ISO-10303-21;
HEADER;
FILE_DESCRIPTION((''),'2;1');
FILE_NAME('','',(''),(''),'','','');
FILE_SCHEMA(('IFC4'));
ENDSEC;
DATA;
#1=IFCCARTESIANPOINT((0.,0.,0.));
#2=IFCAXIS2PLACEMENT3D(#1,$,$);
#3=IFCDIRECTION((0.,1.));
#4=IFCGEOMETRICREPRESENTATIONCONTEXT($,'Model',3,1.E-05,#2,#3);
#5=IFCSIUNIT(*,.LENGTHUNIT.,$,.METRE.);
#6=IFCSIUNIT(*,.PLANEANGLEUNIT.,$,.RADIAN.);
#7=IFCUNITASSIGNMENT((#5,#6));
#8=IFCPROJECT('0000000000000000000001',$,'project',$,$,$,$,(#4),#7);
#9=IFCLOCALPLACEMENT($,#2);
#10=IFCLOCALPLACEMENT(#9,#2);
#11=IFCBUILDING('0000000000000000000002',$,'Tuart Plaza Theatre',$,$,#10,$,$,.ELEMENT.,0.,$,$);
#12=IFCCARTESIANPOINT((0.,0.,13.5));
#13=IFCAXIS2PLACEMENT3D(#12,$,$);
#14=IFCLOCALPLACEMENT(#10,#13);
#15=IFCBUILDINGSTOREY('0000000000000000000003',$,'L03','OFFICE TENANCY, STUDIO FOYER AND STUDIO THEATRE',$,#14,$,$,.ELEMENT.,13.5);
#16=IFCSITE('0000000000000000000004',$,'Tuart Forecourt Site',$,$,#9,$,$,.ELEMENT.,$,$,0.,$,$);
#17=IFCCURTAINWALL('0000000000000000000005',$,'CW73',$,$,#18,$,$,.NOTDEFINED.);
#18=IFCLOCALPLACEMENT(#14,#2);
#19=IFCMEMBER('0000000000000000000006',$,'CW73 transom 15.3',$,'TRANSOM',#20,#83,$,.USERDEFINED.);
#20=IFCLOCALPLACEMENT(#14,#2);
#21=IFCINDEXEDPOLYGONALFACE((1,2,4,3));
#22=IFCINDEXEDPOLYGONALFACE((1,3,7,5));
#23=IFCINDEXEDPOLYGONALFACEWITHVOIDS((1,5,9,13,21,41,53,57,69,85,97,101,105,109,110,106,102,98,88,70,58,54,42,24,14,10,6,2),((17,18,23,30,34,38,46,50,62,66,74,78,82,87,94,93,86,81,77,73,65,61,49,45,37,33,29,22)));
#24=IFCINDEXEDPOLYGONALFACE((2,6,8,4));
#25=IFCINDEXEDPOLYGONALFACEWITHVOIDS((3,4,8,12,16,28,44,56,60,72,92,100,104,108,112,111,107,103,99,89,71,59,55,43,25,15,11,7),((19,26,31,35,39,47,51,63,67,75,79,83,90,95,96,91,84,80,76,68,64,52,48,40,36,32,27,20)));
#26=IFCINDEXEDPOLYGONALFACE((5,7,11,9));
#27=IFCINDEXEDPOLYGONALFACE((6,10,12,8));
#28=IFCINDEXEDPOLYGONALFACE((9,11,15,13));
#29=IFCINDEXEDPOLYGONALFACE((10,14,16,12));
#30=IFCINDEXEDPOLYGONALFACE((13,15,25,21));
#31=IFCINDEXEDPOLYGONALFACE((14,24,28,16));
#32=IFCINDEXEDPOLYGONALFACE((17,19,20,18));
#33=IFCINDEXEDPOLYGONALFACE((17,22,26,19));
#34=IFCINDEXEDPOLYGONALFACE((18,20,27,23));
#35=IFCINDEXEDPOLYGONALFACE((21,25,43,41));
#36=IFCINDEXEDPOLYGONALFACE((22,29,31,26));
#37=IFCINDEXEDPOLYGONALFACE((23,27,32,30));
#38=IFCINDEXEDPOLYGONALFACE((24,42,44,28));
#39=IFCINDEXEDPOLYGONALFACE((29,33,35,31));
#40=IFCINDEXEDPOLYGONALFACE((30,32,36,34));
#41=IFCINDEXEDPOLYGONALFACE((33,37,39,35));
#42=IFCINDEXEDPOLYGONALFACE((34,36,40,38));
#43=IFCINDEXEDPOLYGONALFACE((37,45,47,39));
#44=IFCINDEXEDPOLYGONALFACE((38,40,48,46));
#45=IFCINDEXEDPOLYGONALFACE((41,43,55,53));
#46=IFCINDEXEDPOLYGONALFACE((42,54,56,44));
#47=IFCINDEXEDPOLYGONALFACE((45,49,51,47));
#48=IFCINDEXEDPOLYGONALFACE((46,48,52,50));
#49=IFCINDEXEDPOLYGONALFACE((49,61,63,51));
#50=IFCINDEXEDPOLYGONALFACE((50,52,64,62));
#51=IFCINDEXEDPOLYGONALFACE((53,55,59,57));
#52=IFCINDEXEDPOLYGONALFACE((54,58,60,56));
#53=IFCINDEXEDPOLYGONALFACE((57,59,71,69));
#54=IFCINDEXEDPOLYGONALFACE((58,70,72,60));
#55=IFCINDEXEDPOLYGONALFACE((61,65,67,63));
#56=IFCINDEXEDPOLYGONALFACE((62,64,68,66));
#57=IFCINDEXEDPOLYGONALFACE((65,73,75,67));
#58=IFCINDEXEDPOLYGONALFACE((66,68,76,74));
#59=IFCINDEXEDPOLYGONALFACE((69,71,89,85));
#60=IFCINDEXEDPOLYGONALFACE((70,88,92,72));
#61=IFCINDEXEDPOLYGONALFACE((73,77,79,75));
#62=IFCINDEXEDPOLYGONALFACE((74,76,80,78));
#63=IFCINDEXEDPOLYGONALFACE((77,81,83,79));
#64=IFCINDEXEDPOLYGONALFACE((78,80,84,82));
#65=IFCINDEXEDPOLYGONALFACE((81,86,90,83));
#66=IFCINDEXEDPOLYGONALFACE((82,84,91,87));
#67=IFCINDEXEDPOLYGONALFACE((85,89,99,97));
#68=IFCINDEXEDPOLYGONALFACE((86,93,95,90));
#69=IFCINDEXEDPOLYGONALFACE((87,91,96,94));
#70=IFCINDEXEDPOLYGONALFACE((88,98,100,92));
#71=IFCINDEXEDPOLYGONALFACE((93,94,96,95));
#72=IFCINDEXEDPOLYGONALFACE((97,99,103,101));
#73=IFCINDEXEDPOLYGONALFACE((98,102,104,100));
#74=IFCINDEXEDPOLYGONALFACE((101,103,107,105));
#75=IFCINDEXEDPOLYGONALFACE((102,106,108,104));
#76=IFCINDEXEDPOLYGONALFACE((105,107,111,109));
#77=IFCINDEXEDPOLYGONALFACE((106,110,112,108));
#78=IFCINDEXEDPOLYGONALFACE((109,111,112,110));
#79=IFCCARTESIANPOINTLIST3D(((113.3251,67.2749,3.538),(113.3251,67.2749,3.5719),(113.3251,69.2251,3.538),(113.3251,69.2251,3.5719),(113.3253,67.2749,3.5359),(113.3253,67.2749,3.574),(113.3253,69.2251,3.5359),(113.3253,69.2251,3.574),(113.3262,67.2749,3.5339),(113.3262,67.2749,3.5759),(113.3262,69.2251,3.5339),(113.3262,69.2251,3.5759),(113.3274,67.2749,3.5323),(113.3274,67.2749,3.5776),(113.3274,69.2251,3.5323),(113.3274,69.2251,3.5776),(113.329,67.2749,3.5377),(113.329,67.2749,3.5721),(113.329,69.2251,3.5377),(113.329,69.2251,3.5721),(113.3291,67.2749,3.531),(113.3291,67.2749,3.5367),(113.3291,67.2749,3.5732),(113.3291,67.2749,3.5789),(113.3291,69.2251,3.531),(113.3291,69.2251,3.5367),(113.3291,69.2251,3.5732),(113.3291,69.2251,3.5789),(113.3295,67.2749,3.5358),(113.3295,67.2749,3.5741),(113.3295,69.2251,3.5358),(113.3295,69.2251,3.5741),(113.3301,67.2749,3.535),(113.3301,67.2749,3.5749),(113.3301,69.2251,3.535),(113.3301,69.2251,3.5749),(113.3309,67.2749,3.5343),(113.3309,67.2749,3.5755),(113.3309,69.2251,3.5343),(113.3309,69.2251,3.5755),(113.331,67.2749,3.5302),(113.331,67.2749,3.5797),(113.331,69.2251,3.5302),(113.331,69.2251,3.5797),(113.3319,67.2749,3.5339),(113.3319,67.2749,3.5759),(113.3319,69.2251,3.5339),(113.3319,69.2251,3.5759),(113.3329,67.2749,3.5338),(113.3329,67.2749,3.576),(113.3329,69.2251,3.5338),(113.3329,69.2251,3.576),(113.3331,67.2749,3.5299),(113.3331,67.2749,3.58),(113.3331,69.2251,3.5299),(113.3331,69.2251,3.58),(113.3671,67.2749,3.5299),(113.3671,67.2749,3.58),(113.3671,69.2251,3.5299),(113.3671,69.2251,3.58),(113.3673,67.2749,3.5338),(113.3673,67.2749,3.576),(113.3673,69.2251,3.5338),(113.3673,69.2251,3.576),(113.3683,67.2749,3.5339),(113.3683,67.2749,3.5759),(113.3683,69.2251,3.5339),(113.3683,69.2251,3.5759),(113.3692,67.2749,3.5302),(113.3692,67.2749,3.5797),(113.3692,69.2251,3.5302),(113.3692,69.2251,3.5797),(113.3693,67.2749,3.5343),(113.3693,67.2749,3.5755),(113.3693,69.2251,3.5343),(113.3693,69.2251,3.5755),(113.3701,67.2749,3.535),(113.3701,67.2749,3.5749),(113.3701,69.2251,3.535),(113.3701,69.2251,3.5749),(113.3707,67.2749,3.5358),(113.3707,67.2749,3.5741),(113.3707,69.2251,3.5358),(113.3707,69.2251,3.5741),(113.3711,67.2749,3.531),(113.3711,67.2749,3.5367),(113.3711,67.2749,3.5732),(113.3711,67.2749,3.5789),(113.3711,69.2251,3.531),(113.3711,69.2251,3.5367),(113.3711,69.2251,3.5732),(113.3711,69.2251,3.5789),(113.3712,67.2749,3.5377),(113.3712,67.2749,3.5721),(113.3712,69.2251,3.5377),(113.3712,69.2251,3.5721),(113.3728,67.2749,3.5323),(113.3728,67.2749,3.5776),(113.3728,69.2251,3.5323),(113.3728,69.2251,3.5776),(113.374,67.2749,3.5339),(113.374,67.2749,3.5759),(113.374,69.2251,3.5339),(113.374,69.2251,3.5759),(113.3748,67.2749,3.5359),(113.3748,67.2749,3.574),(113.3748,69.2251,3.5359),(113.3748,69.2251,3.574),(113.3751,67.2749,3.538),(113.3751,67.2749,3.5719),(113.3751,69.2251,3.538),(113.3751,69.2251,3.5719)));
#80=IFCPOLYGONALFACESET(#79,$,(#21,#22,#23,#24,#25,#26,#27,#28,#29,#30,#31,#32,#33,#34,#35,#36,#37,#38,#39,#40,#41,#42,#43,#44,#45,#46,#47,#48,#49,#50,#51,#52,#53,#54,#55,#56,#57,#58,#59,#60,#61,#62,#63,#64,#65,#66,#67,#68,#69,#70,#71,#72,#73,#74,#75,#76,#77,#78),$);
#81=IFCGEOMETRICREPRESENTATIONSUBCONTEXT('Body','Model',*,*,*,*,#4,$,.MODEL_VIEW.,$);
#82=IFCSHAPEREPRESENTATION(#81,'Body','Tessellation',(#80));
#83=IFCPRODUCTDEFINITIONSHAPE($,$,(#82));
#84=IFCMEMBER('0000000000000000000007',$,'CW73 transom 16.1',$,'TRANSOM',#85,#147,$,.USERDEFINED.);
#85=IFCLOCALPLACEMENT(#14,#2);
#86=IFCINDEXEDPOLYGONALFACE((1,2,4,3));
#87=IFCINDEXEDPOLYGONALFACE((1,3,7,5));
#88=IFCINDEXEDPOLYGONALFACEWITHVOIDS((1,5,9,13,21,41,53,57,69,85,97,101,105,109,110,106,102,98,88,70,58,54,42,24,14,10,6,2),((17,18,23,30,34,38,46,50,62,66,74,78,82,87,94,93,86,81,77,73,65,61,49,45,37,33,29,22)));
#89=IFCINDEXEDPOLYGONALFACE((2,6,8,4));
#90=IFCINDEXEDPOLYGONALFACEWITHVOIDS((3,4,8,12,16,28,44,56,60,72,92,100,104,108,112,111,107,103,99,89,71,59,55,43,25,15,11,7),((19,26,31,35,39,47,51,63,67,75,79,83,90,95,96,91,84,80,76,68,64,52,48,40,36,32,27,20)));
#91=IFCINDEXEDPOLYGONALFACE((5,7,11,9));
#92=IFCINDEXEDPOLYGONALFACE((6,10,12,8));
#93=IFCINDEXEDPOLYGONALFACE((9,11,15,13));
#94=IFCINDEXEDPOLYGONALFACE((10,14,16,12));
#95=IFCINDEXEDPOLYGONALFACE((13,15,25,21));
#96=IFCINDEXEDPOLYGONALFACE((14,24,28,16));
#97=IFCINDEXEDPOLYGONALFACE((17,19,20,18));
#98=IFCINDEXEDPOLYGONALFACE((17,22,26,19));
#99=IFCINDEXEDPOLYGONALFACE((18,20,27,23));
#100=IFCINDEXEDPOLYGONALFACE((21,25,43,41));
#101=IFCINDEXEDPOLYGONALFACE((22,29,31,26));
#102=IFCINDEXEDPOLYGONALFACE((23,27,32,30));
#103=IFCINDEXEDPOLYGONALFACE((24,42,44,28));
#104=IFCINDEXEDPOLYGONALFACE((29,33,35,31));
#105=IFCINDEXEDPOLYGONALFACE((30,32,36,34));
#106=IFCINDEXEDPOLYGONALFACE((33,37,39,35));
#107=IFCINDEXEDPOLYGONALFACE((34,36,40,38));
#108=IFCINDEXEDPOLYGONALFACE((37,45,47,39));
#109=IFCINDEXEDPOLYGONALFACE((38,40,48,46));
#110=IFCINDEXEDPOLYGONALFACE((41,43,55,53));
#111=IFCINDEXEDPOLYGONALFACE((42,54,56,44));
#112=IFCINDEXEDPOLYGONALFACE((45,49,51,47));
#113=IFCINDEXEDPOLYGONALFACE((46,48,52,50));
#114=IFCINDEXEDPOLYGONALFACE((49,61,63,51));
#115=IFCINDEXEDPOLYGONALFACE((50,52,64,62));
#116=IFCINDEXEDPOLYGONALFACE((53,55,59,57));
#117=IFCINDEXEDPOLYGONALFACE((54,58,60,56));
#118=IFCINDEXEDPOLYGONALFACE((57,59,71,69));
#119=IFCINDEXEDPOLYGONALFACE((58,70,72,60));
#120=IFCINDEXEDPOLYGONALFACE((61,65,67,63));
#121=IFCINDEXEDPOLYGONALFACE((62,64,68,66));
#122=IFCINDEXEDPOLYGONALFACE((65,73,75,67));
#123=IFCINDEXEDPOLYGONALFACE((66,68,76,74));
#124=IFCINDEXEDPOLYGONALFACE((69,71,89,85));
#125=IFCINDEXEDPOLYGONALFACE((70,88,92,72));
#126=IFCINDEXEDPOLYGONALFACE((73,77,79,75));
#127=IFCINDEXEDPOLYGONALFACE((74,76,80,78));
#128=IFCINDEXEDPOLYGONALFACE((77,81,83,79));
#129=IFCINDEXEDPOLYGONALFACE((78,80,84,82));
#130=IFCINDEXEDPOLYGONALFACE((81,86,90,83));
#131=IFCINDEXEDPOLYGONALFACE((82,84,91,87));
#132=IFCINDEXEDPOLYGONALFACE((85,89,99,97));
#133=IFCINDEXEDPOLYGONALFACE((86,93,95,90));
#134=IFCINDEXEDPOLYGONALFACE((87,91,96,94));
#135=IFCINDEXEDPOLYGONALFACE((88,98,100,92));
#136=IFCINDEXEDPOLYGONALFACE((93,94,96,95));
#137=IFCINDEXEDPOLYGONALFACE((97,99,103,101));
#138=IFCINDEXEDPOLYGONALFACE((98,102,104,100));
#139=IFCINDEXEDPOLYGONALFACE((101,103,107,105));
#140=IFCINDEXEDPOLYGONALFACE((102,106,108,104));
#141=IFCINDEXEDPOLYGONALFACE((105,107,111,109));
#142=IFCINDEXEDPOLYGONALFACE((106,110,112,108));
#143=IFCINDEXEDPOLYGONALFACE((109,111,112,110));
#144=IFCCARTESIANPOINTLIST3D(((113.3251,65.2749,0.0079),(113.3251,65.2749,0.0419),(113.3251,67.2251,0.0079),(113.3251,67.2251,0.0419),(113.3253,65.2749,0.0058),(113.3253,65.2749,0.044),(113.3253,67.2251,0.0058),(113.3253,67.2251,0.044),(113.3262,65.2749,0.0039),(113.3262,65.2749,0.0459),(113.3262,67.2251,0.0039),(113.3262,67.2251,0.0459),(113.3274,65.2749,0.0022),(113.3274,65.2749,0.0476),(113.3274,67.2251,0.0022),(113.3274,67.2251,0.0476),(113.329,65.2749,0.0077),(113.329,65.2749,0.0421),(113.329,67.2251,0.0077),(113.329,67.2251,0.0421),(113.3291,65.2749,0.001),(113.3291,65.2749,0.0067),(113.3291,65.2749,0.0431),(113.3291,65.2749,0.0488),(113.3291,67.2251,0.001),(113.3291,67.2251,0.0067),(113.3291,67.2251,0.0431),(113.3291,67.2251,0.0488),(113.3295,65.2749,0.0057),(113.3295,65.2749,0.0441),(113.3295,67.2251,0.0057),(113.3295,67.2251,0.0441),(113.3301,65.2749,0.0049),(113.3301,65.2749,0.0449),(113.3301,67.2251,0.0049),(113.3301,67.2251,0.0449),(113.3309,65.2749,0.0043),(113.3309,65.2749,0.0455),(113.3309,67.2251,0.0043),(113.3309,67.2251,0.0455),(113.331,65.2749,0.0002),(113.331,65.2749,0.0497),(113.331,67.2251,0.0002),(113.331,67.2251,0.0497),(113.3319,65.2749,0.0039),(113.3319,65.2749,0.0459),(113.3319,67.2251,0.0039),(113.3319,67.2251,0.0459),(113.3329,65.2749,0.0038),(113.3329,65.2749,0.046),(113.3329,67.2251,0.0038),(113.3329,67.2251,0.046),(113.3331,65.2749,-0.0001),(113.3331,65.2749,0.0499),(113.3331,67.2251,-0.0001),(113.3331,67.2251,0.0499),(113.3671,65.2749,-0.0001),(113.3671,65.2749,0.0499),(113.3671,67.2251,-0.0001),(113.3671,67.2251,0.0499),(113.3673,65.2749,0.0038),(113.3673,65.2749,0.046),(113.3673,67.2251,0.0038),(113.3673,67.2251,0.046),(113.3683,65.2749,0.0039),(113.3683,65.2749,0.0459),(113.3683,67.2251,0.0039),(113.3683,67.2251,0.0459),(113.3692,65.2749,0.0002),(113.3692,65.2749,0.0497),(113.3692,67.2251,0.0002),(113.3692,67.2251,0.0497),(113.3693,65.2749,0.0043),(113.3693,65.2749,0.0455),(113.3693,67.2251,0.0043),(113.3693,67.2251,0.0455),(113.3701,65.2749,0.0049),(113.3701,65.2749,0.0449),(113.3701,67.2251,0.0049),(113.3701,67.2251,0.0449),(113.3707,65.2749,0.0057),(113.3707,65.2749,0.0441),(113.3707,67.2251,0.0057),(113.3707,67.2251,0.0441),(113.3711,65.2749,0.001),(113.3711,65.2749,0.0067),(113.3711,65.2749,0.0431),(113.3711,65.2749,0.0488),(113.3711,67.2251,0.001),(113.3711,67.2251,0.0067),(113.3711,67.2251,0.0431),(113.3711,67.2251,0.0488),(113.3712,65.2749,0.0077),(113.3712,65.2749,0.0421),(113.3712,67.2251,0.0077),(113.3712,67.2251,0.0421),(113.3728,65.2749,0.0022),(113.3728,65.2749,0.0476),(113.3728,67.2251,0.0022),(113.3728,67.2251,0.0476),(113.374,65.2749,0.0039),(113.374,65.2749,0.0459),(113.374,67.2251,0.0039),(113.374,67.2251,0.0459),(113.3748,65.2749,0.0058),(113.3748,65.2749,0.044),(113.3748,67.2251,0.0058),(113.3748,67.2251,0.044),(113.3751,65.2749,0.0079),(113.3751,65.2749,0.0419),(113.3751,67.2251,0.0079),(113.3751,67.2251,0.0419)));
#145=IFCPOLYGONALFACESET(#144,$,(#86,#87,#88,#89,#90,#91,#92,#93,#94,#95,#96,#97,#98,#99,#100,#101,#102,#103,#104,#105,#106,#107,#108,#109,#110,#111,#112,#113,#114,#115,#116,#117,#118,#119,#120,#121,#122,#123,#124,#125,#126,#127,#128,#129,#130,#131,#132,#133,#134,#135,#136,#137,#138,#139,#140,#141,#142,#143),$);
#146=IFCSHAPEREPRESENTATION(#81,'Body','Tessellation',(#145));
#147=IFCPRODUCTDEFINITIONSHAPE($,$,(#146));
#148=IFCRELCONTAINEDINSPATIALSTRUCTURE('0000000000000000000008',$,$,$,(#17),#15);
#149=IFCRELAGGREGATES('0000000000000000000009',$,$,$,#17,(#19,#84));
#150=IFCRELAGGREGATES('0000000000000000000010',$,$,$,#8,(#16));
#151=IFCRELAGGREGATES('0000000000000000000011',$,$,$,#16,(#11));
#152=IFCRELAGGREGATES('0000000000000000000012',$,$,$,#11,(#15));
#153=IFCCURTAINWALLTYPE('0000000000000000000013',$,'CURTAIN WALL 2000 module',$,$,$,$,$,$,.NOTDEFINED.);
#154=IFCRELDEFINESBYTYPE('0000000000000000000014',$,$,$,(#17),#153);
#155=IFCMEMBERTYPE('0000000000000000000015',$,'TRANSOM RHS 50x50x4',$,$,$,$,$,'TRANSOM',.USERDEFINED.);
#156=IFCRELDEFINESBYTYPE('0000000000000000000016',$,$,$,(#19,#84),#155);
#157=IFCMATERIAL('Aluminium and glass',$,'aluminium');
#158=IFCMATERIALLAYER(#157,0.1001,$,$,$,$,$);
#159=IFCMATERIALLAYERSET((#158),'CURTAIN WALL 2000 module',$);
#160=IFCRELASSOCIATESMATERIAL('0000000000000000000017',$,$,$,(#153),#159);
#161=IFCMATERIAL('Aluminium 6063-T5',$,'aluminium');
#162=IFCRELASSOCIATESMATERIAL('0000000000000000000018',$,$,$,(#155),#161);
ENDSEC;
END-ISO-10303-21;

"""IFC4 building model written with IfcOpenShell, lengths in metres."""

from ifc_helpers import new_model, si_unit, direction, frame, origin, origin_2d, place, context, subcontext, project, spatial, hollow_rectangle, extrude, material, layer, layer_set, material_profile, profile_set, type_object, element, aggregate, save


model = new_model("IFC4")

# Units and contexts
model_context = context("Model", 3, precision=1e-05, world=origin(), true_north=direction((0.0, 1.0)))
body_context = subcontext(model_context, "Body", "Model", "MODEL_VIEW")
ifc_project = project(units=[si_unit("LENGTHUNIT", "METRE"), si_unit("PLANEANGLEUNIT", "RADIAN")], contexts=[model_context])

# Site, building, storey
site_placement = place(None, origin())
site = spatial("IfcSite", under=ifc_project, at=site_placement, Name="Tuart Forecourt Site", CompositionType="ELEMENT", RefElevation=0.0)
building_placement = place(site_placement, origin())
building = spatial("IfcBuilding", under=site, at=building_placement, Name="Tuart Plaza Theatre", CompositionType="ELEMENT", ElevationOfRefHeight=0.0)
storey_placement = place(building_placement, frame((0.0, 0.0, 13.5)))
storey = spatial("IfcBuildingStorey", under=building, at=storey_placement, Name="L03", Description="OFFICE TENANCY, STUDIO FOYER AND STUDIO THEATRE", CompositionType="ELEMENT", Elevation=13.5)

# Curtain wall, members
ifc_material_1 = material(Name="Aluminium and glass", Category="aluminium")
ifc_layer_1 = layer(ifc_material_1, 0.1001)
ifc_layer_set_1 = layer_set([ifc_layer_1], Name="CURTAIN WALL 2000 module")
curtain_wall_type = type_object("IfcCurtainWallType", Name="CURTAIN WALL 2000 module", PredefinedType="NOTDEFINED", material=ifc_layer_set_1)
curtain_wall_placement = place(storey_placement, origin())
curtain_wall = element("IfcCurtainWall", 1, at=curtain_wall_placement, inside=storey, type_object=curtain_wall_type, Name="CW73", PredefinedType="NOTDEFINED")
ifc_material_2 = material(Name="Aluminium 6063-T5", Category="aluminium")
ifc_material_profile_1 = material_profile(ifc_material_2, hollow_rectangle(XDim=0.05, YDim=0.05, WallThickness=0.0039, InnerFilletRadius=0.0039, OuterFilletRadius=0.0081, at=origin_2d()), Name="RHS 50x50x4")
ifc_profile_set_1 = profile_set([ifc_material_profile_1], Name="Aluminium 6063-T5")
member_type_1 = type_object("IfcMemberType", Name="TRANSOM RHS 50x50x4", ElementType="TRANSOM", PredefinedType="USERDEFINED", material=ifc_profile_set_1)
member_1_placement = place(storey_placement, frame((113.3501, 69.2251, 3.5549), z_axis=(0.0, -1.0, 0.0), x_axis=(1.0, 0.0, 0.0)))
member_1 = element("IfcMember", 2, at=member_1_placement, type_object=member_type_1, Name="CW73 transom 15.3", ObjectType="TRANSOM", PredefinedType="USERDEFINED", context=body_context, shape_type="SweptSolid", body=[
    extrude(hollow_rectangle(XDim=0.05, YDim=0.05, WallThickness=0.0039, InnerFilletRadius=0.0039, OuterFilletRadius=0.0081, at=origin_2d()), origin(), (0.0, 0.0, 1.0), 1.9502),
])
member_2_placement = place(storey_placement, frame((113.3501, 67.2251, 0.0249), z_axis=(0.0, -1.0, 0.0), x_axis=(1.0, 0.0, 0.0)))
member_2 = element("IfcMember", 3, at=member_2_placement, type_object=member_type_1, Name="CW73 transom 16.1", ObjectType="TRANSOM", PredefinedType="USERDEFINED", context=body_context, shape_type="SweptSolid", body=[
    extrude(hollow_rectangle(XDim=0.05, YDim=0.05, WallThickness=0.0039, InnerFilletRadius=0.0039, OuterFilletRadius=0.0081, at=origin_2d()), origin(), (0.0, 0.0, 1.0), 1.9502),
])
aggregate(curtain_wall, [member_1, member_2])

save(model, "model.ifc")
